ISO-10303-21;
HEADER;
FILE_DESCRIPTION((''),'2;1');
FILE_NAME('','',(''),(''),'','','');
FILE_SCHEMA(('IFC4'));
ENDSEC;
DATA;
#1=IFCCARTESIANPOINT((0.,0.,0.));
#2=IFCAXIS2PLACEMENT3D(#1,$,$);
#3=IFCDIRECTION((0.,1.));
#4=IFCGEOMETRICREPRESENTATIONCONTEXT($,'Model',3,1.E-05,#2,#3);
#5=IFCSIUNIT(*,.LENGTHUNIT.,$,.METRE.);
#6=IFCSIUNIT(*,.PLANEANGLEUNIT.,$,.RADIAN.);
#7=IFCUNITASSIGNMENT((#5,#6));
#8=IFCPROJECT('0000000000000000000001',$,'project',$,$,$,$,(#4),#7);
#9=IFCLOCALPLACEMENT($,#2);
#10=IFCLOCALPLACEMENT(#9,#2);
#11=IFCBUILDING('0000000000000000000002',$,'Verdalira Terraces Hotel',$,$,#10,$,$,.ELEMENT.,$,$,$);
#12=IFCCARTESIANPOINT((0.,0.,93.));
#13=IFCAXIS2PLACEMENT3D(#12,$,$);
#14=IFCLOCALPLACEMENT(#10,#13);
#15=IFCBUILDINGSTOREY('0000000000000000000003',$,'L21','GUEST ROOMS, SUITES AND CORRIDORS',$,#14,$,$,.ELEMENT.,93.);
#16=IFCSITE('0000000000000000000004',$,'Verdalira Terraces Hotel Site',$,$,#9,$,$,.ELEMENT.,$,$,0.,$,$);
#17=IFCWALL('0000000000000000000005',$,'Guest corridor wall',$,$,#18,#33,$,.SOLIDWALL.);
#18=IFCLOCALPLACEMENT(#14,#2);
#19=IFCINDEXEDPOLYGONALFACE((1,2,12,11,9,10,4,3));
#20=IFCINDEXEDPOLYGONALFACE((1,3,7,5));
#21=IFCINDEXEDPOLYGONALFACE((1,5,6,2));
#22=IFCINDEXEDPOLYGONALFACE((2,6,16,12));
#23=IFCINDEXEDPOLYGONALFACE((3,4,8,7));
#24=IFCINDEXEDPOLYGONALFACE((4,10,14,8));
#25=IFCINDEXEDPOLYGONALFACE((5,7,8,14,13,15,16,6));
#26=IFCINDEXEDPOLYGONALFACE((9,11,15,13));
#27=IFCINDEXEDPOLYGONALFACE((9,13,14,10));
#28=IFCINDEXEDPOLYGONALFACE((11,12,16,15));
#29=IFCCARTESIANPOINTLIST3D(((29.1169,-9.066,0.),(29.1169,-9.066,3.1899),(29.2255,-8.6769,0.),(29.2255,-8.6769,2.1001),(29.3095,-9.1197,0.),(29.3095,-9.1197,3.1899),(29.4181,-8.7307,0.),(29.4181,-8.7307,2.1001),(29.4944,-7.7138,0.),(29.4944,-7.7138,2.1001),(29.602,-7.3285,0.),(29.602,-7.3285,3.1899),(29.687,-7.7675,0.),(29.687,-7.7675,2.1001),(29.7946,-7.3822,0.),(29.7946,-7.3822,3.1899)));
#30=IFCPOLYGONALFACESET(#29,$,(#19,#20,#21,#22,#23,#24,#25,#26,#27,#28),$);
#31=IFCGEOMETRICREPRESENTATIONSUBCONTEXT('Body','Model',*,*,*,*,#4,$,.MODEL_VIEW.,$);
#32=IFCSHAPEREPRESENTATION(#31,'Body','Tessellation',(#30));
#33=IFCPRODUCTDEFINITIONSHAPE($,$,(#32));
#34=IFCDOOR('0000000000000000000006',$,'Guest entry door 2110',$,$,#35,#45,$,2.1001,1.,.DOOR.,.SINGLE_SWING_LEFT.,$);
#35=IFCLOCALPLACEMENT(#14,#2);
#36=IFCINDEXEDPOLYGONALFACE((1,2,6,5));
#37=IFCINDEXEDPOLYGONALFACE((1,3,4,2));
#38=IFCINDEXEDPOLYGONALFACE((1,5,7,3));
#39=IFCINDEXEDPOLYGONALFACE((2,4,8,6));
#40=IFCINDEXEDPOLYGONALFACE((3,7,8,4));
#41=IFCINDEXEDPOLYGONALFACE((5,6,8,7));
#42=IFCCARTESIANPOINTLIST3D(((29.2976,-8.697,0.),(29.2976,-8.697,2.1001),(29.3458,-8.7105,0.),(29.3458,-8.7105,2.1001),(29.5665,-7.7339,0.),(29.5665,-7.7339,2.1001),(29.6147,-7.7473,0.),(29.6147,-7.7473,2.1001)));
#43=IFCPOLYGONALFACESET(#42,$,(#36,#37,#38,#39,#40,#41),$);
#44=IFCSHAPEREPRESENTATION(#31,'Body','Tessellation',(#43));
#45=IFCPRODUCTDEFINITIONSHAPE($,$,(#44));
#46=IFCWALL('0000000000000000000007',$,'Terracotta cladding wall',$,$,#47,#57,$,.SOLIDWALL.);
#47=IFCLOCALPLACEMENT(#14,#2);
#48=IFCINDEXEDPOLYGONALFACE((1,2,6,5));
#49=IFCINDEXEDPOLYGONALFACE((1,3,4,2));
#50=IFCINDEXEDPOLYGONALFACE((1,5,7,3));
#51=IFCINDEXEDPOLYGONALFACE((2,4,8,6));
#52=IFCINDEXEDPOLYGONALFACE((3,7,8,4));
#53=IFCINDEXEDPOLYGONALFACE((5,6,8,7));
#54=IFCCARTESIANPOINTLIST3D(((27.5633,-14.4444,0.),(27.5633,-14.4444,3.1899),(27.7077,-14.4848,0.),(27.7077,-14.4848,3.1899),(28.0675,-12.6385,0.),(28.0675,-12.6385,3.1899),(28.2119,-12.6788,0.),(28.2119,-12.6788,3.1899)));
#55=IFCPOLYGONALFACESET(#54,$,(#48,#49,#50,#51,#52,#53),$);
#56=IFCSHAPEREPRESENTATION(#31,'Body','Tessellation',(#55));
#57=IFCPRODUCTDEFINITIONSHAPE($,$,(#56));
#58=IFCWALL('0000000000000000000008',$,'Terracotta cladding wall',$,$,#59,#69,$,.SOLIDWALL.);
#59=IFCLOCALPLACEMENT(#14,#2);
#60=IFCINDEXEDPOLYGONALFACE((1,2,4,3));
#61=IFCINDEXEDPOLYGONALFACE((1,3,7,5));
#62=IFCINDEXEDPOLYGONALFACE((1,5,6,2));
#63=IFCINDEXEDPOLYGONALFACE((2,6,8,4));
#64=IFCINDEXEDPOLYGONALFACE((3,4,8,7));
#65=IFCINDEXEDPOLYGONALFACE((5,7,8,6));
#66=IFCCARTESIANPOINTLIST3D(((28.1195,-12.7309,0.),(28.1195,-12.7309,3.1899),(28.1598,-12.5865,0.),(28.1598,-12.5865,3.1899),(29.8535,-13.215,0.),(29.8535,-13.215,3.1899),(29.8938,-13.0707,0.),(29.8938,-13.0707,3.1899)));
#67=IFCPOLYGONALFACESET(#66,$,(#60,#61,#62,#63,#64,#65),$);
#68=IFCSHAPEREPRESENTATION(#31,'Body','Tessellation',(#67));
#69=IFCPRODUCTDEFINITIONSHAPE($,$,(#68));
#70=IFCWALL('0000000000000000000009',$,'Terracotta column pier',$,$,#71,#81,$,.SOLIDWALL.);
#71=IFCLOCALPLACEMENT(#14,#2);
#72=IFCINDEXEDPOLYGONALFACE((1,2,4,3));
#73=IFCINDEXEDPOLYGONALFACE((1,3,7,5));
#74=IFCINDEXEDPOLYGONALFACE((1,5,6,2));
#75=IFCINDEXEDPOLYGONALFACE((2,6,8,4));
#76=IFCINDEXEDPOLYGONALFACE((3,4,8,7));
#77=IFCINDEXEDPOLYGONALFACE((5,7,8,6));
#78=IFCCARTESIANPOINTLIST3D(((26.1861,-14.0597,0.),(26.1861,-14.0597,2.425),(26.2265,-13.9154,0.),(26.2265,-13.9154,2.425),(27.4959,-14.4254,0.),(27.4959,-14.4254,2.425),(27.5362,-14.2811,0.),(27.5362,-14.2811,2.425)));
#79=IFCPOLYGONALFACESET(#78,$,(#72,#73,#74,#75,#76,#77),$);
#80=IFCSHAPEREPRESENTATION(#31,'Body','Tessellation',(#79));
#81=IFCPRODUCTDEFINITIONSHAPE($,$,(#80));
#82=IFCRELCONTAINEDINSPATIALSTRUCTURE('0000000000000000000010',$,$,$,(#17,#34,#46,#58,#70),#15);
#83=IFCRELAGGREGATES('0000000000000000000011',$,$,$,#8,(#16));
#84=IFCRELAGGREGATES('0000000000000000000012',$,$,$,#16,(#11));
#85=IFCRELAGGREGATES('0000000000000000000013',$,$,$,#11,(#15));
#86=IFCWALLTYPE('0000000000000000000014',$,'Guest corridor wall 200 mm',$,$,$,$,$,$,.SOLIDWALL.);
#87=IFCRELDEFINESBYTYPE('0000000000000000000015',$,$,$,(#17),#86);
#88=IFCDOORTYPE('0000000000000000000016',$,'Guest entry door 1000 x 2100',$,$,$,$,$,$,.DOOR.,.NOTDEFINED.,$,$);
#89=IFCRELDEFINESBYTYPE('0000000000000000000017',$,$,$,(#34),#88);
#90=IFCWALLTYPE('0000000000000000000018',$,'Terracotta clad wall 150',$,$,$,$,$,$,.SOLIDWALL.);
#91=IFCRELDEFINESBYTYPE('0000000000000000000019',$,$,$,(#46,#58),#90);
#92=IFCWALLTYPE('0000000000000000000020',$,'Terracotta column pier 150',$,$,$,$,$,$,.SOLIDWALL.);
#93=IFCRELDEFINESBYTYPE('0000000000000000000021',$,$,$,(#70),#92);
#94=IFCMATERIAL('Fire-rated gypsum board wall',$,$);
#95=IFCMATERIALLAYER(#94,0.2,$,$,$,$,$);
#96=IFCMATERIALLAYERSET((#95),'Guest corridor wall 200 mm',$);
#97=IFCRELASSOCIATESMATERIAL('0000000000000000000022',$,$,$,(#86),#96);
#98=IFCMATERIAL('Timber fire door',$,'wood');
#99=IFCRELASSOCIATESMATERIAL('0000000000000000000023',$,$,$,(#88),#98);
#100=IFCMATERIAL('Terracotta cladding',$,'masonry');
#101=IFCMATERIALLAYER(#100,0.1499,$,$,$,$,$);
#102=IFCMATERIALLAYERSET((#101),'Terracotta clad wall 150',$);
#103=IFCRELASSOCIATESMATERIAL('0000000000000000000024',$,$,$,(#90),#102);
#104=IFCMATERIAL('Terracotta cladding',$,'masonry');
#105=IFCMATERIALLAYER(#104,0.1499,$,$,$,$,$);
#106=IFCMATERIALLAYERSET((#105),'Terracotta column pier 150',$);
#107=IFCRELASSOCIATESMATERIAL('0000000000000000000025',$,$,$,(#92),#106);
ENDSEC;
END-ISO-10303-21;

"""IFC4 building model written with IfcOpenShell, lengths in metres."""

from ifc_helpers import new_model, si_unit, direction, frame, frame_2d, origin, place, context, subcontext, project, spatial, rectangle, extrude, material, layer, layer_set, type_object, element, fill, save


model = new_model("IFC4")

# Units and contexts
model_context = context("Model", 3, precision=1e-05, world=origin(), true_north=direction((0.0, 1.0)))
body_context = subcontext(model_context, "Body", "Model", "MODEL_VIEW")
ifc_project = project(units=[si_unit("LENGTHUNIT", "METRE"), si_unit("PLANEANGLEUNIT", "RADIAN")], contexts=[model_context])

# Site, building, storey
site_placement = place(None, origin())
site = spatial("IfcSite", under=ifc_project, at=site_placement, Name="Verdalira Terraces Hotel Site", CompositionType="ELEMENT", RefElevation=0.0)
building_placement = place(site_placement, origin())
building = spatial("IfcBuilding", under=site, at=building_placement, Name="Verdalira Terraces Hotel", CompositionType="ELEMENT")
storey_placement = place(building_placement, frame((0.0, 0.0, 93.0)))
storey = spatial("IfcBuildingStorey", under=building, at=storey_placement, Name="L21", Description="GUEST ROOMS, SUITES AND CORRIDORS", CompositionType="ELEMENT", Elevation=93.0)

# Shared definitions
ifc_material_1 = material(Name="Fire-rated gypsum board wall")
ifc_layer_1 = layer(ifc_material_1, 0.2)
ifc_layer_set_1 = layer_set([ifc_layer_1], Name="Guest corridor wall 200 mm")
wall_type_1 = type_object("IfcWallType", Name="Guest corridor wall 200 mm", PredefinedType="SOLIDWALL", material=ifc_layer_set_1)

# Wall, opening, door
wall_1_placement = place(storey_placement, frame((29.6982, -7.3555, 0.0), z_axis=(0.0, 0.0, 1.0), x_axis=(-0.268907, -0.963166, 0.0)))
wall_1 = element("IfcWall", 1, at=wall_1_placement, inside=storey, type_object=wall_type_1, Name="Guest corridor wall", PredefinedType="SOLIDWALL", context=body_context, shape_type="SweptSolid", body=[
    extrude(rectangle(XDim=1.804, YDim=0.2, at=frame_2d((0.9019, 0.0))), origin(), (0.0, 0.0, 1.0), 3.1899),
])
opening_1_placement = place(wall_1_placement, frame((0.3999, 0.0, 0.0)))
opening_1 = element("IfcOpeningElement", 2, at=opening_1_placement, cuts=wall_1, PredefinedType="OPENING", context=body_context, shape_type="SweptSolid", body=[
    extrude(rectangle(XDim=1.0, YDim=2.1001, at=frame_2d((0.5, 1.05))), frame((0.0, 0.1099, 0.0), z_axis=(0.0, -1.0, 0.0), x_axis=(1.0, 0.0, 0.0)), (0.0, 0.0, 1.0), 0.22),
])
ifc_material_2 = material(Name="Timber fire door", Category="wood")
door_type_1 = type_object("IfcDoorType", Name="Guest entry door 1000 x 2100", OperationType="NOTDEFINED", PredefinedType="DOOR", material=ifc_material_2)
door_1_placement = place(opening_1_placement, origin())
door_1 = element("IfcDoor", 3, at=door_1_placement, inside=storey, type_object=door_type_1, Name="Guest entry door 2110", OperationType="SINGLE_SWING_LEFT", OverallHeight=2.1001, OverallWidth=1.0, PredefinedType="DOOR", context=body_context, shape_type="SweptSolid", body=[
    extrude(rectangle(XDim=1.0, YDim=2.1001, at=frame_2d((0.5, 1.05))), frame((0.0, 0.0249, 0.0), z_axis=(0.0, -1.0, 0.0), x_axis=(1.0, 0.0, 0.0)), (0.0, 0.0, 1.0), 0.05),
])
fill(opening_1, door_1)

# Walls
ifc_material_3 = material(Name="Terracotta cladding", Category="masonry")
ifc_layer_2 = layer(ifc_material_3, 0.1499)
ifc_layer_set_2 = layer_set([ifc_layer_2], Name="Terracotta clad wall 150")
wall_type_2 = type_object("IfcWallType", Name="Terracotta clad wall 150", PredefinedType="SOLIDWALL", material=ifc_layer_set_2)
wall_2_placement = place(storey_placement, frame((27.6355, -14.4646, 0.0), z_axis=(0.0, 0.0, 1.0), x_axis=(0.268886, 0.963172, 0.0)))
element("IfcWall", 4, at=wall_2_placement, inside=storey, type_object=wall_type_2, Name="Terracotta cladding wall", PredefinedType="SOLIDWALL", context=body_context, shape_type="SweptSolid", body=[
    extrude(rectangle(XDim=1.875, YDim=0.1499, at=frame_2d((0.9375, 0.0))), origin(), (0.0, 0.0, 1.0), 3.1899),
])
wall_3_placement = place(storey_placement, frame((28.1396, -12.6587, 0.0), z_axis=(0.0, 0.0, 1.0), x_axis=(0.96316, -0.268931, 0.0)))
element("IfcWall", 5, at=wall_3_placement, inside=storey, type_object=wall_type_2, Name="Terracotta cladding wall", PredefinedType="SOLIDWALL", context=body_context, shape_type="SweptSolid", body=[
    extrude(rectangle(XDim=1.8003, YDim=0.1499, at=frame_2d((0.9001, 0.0))), origin(), (0.0, 0.0, 1.0), 3.1899),
])
ifc_material_4 = material(Name="Terracotta cladding", Category="masonry")
ifc_layer_3 = layer(ifc_material_4, 0.1499)
ifc_layer_set_3 = layer_set([ifc_layer_3], Name="Terracotta column pier 150")
wall_type_3 = type_object("IfcWallType", Name="Terracotta column pier 150", PredefinedType="SOLIDWALL", material=ifc_layer_set_3)
wall_4_placement = place(storey_placement, frame((26.2063, -13.9875, 0.0), z_axis=(0.0, 0.0, 1.0), x_axis=(0.96316, -0.268931, 0.0)))
element("IfcWall", 6, at=wall_4_placement, inside=storey, type_object=wall_type_3, Name="Terracotta column pier", PredefinedType="SOLIDWALL", context=body_context, shape_type="SweptSolid", body=[
    extrude(rectangle(XDim=1.3599, YDim=0.1499, at=frame_2d((0.6799, 0.0))), origin(), (0.0, 0.0, 1.0), 2.425),
])

save(model, "model.ifc")
